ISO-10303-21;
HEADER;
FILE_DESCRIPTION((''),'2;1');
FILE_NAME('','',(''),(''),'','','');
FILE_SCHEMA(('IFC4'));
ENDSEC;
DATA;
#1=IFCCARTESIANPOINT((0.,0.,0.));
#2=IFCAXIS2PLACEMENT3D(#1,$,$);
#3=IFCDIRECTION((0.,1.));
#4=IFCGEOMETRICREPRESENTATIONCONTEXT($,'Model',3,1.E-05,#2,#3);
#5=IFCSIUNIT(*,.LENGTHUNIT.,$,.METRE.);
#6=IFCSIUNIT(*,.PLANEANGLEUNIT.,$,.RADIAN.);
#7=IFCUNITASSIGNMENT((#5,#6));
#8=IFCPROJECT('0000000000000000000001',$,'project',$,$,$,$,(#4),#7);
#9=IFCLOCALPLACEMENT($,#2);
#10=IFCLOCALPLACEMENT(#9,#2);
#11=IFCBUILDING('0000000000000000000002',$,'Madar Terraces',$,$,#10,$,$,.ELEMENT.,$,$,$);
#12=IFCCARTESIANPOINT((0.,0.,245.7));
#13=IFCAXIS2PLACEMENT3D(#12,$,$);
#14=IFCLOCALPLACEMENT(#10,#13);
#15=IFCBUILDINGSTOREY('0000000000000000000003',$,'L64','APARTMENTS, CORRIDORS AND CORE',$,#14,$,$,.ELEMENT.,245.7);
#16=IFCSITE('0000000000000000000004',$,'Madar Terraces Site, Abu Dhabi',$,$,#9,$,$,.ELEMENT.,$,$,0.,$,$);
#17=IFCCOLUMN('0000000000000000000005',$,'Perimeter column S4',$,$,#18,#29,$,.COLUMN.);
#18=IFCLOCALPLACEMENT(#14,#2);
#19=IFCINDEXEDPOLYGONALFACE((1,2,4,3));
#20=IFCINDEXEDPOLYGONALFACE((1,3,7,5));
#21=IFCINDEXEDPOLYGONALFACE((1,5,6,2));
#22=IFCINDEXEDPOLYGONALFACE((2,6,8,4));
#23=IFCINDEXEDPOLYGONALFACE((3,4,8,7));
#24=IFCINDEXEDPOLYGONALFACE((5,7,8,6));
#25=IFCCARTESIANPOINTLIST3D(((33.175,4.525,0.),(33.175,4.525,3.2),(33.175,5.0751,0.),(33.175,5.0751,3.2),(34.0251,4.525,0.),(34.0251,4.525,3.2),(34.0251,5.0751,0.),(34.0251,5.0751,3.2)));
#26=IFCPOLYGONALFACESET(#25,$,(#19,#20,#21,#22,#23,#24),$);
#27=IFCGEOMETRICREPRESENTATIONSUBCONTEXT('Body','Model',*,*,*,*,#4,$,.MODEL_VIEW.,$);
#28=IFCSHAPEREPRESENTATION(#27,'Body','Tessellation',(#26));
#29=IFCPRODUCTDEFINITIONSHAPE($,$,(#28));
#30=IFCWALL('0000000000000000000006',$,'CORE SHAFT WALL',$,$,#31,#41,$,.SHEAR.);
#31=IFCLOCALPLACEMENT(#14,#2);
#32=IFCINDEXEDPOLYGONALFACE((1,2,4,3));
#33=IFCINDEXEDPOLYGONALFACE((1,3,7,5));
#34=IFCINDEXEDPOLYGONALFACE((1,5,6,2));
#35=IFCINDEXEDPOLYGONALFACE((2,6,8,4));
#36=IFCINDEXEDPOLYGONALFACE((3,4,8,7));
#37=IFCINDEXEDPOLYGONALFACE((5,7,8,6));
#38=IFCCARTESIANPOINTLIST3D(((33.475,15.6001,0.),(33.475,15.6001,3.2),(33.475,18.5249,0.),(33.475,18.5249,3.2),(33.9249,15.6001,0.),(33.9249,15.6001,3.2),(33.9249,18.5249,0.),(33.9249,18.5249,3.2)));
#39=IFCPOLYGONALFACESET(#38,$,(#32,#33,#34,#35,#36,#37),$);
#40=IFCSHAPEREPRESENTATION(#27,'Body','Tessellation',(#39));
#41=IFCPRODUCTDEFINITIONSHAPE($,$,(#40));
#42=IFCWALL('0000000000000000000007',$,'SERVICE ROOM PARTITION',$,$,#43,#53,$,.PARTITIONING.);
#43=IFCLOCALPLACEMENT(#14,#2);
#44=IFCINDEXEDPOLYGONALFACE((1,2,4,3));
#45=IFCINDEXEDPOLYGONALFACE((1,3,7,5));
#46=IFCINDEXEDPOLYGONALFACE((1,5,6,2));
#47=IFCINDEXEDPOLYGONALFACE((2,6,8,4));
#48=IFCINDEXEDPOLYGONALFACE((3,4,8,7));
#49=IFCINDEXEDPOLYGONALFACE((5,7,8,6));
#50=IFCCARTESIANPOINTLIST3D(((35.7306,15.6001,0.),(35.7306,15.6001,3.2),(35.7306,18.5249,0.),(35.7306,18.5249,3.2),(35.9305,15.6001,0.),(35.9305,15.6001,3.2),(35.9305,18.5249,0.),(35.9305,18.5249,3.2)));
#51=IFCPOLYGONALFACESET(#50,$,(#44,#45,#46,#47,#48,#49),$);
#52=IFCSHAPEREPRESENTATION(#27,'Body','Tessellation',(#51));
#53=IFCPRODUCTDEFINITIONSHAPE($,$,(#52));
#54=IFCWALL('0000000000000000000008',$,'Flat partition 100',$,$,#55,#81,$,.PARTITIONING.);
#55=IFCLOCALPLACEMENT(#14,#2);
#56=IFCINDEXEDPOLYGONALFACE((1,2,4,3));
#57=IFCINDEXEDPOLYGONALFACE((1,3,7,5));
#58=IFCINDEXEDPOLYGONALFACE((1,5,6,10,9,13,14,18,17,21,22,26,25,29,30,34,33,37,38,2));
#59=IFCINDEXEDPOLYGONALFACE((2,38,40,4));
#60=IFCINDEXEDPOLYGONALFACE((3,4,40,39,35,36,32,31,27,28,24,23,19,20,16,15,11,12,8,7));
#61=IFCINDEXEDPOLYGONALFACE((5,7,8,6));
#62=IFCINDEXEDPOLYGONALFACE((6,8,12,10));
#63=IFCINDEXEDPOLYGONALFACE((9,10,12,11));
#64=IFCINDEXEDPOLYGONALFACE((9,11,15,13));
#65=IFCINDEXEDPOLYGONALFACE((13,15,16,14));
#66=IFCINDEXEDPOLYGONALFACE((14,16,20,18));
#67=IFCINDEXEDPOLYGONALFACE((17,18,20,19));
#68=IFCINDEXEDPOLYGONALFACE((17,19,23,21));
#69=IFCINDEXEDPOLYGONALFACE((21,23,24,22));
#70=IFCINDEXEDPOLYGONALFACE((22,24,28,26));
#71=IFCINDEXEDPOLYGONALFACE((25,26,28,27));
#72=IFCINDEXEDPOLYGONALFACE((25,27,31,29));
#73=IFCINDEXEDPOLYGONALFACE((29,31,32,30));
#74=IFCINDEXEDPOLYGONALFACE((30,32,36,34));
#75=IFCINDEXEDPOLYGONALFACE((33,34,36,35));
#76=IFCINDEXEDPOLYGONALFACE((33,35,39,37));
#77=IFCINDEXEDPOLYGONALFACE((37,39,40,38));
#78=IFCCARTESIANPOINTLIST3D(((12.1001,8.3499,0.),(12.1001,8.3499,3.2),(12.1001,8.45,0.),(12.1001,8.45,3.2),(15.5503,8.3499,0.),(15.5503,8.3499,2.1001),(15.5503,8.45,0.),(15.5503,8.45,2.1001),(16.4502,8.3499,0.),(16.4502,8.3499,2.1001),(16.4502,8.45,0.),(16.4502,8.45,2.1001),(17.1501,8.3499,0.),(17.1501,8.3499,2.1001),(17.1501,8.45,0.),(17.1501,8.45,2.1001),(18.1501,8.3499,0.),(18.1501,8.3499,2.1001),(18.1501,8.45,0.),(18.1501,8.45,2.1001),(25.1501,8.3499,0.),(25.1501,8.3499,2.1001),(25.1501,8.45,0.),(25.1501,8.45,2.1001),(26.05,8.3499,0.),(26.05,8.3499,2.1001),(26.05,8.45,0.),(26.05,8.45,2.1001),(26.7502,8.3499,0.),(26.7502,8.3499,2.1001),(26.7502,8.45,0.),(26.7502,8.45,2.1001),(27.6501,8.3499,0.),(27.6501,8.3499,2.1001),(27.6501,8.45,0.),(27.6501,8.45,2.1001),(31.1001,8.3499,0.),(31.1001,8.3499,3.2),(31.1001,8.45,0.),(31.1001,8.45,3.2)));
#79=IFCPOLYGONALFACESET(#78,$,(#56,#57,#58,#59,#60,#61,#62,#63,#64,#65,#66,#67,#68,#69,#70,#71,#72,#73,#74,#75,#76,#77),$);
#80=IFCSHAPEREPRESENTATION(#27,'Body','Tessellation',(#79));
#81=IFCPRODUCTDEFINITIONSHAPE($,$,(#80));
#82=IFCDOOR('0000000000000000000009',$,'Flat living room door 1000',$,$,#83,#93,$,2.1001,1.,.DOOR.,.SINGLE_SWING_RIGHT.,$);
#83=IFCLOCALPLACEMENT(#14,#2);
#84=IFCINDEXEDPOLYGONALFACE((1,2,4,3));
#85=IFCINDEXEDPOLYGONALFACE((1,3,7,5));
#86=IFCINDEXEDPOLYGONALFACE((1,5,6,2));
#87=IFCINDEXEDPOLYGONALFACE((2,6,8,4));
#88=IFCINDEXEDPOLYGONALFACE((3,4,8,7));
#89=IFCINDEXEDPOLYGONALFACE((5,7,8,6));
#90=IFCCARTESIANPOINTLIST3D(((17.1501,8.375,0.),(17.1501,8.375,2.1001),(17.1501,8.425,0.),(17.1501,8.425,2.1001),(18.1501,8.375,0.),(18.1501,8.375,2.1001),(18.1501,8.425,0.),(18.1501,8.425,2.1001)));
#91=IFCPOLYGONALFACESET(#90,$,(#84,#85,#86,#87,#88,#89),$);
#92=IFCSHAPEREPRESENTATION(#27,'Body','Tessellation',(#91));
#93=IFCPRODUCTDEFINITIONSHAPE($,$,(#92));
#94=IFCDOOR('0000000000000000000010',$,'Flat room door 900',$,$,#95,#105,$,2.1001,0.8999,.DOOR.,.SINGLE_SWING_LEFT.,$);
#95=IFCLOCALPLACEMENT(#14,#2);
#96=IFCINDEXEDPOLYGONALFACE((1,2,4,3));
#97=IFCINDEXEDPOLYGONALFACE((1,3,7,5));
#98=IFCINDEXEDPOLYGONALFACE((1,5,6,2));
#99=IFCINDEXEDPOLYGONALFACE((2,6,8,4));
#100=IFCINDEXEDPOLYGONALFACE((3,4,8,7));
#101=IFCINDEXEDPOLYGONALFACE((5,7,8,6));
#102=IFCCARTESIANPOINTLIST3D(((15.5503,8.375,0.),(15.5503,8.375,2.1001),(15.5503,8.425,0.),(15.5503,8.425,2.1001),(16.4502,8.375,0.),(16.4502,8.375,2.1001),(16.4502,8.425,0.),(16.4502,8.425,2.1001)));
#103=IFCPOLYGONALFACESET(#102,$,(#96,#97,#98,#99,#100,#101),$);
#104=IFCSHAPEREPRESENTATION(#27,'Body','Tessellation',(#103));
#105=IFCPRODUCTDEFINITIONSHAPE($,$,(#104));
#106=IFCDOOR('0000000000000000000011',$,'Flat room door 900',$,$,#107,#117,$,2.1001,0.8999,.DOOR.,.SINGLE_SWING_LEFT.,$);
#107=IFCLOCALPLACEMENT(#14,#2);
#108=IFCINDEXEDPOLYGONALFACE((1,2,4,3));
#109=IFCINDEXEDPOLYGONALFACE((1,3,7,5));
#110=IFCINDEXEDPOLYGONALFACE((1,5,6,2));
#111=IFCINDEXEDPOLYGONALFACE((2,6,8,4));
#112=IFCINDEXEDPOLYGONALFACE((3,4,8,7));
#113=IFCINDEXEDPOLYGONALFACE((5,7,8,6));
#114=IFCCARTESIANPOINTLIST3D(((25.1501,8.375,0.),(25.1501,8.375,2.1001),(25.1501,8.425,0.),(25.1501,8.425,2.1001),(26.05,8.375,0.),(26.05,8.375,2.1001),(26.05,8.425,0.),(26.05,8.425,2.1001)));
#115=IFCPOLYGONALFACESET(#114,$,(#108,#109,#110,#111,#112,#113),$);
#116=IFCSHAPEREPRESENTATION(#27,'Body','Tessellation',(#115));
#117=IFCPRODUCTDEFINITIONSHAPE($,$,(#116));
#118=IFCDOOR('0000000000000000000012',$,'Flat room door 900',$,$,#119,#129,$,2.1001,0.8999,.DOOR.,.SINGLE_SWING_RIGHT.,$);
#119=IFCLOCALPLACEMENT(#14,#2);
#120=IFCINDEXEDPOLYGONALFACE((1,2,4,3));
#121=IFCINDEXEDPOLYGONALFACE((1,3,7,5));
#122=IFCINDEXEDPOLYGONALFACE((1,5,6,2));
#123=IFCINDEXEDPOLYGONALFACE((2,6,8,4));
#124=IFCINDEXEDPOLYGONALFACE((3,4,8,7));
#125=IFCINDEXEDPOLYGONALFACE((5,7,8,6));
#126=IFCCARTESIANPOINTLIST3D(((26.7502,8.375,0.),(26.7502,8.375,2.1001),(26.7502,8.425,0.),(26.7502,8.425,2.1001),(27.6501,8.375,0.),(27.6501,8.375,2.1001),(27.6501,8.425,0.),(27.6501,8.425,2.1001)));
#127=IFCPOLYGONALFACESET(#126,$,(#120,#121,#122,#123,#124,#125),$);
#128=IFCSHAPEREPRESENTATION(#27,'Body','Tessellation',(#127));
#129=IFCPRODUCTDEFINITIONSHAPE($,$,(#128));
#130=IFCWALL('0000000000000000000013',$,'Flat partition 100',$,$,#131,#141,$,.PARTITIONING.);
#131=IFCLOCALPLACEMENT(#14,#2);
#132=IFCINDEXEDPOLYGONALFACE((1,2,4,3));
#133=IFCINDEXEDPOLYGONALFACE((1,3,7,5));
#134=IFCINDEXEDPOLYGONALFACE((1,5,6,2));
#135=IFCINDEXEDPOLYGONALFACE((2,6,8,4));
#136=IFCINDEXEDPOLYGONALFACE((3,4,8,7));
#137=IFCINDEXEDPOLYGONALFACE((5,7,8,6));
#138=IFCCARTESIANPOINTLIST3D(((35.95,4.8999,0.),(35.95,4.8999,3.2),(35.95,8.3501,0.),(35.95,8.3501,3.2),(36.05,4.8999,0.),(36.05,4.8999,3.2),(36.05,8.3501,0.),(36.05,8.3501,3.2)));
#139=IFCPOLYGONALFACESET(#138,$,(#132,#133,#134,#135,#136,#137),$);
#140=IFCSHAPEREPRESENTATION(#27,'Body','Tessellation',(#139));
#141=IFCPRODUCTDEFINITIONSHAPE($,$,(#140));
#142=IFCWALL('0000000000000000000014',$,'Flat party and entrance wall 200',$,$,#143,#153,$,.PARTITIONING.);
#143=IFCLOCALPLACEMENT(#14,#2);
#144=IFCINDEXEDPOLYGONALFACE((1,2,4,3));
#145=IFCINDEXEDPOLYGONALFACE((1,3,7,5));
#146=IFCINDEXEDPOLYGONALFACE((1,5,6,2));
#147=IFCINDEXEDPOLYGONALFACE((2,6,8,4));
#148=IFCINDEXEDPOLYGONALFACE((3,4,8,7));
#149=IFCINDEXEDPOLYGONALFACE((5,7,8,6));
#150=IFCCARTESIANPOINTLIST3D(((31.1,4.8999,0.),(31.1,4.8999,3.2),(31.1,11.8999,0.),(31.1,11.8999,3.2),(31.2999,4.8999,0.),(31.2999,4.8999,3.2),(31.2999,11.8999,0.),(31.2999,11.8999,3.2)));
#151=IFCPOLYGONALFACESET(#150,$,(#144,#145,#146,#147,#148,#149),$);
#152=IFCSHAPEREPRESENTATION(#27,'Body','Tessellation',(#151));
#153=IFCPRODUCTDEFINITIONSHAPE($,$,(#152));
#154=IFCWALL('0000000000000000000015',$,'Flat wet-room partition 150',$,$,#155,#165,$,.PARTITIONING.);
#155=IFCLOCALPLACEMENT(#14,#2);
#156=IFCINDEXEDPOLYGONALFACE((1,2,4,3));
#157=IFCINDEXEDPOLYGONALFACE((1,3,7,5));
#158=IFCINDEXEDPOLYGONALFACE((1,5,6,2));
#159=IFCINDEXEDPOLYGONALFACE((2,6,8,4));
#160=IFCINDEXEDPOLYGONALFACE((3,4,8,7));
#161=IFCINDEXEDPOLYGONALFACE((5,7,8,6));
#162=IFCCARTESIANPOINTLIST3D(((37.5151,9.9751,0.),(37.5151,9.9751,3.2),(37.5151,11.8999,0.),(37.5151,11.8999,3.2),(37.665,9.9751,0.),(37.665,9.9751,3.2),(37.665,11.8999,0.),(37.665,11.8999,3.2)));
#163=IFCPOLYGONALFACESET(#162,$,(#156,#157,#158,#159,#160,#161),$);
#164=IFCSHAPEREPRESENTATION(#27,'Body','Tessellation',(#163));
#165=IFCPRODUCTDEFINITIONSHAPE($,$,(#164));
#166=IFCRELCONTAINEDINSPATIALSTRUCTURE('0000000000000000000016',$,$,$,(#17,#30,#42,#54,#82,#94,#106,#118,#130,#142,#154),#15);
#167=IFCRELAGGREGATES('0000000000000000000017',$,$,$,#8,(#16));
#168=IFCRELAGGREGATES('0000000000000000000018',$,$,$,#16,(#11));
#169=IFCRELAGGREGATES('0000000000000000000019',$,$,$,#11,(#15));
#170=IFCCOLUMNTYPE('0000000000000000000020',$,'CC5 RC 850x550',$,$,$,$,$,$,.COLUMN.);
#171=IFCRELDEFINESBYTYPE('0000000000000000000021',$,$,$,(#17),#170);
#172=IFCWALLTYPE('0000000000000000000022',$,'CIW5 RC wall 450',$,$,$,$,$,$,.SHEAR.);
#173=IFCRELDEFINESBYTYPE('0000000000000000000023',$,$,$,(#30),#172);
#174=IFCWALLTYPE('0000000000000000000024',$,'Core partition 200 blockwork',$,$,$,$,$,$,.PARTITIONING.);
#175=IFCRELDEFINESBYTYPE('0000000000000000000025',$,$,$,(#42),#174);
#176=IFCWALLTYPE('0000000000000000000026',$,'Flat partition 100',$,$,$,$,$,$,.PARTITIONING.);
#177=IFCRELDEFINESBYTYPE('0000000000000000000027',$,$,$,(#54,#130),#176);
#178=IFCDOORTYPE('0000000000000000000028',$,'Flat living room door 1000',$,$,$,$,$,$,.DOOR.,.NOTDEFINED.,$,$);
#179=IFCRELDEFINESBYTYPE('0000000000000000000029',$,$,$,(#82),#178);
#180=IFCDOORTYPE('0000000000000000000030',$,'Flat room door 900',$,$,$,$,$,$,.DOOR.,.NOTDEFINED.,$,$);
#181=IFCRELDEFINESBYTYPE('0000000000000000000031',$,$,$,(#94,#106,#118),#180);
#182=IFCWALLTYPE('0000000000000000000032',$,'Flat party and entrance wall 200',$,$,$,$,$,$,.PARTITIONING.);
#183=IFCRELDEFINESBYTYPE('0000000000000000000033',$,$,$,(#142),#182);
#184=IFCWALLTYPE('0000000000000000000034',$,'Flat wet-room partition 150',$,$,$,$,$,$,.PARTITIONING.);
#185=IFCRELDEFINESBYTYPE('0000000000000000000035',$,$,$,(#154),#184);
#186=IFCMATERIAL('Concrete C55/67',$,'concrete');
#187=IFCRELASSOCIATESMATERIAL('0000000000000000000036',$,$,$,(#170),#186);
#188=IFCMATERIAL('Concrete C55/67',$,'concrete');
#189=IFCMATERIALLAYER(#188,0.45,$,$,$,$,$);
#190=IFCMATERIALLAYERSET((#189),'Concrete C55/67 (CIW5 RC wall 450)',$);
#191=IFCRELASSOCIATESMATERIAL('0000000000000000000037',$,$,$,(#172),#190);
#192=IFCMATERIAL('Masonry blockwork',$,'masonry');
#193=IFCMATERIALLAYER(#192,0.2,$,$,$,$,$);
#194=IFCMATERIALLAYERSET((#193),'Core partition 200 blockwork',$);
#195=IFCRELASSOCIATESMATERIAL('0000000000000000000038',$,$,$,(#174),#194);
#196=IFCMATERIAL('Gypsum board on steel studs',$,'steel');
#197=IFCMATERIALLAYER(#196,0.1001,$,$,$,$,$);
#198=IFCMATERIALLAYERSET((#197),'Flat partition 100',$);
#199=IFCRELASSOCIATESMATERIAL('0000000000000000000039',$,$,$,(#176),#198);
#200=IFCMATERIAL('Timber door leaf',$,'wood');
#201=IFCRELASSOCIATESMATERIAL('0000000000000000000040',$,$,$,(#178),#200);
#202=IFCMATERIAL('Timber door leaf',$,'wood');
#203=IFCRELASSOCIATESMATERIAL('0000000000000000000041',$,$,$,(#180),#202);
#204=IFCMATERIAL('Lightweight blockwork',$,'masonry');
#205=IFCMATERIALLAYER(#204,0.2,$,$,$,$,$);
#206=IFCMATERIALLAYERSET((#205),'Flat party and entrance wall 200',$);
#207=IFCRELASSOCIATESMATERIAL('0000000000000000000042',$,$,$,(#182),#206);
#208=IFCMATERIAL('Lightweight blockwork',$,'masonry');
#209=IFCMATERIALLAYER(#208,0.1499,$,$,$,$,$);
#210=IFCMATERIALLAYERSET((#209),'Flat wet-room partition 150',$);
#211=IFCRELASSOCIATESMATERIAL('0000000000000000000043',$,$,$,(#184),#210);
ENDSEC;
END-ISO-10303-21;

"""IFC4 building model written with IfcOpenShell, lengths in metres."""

from ifc_helpers import new_model, si_unit, direction, frame, frame_2d, origin, origin_2d, place, context, subcontext, project, spatial, rectangle, extrude, material, layer, layer_set, material_profile, profile_set, type_object, element, fill, save


model = new_model("IFC4")

# Units and contexts
model_context = context("Model", 3, precision=1e-05, world=origin(), true_north=direction((0.0, 1.0)))
body_context = subcontext(model_context, "Body", "Model", "MODEL_VIEW")
ifc_project = project(units=[si_unit("LENGTHUNIT", "METRE"), si_unit("PLANEANGLEUNIT", "RADIAN")], contexts=[model_context])

# Site, building, storey
site_placement = place(None, origin())
site = spatial("IfcSite", under=ifc_project, at=site_placement, Name="Madar Terraces Site, Abu Dhabi", CompositionType="ELEMENT", RefElevation=0.0)
building_placement = place(site_placement, origin())
building = spatial("IfcBuilding", under=site, at=building_placement, Name="Madar Terraces", CompositionType="ELEMENT")
storey_placement = place(building_placement, frame((0.0, 0.0, 245.7)))
storey = spatial("IfcBuildingStorey", under=building, at=storey_placement, Name="L64", Description="APARTMENTS, CORRIDORS AND CORE", CompositionType="ELEMENT", Elevation=245.7)

# Column
ifc_material_1 = material(Name="Concrete C55/67", Category="concrete")
ifc_material_profile = material_profile(ifc_material_1, rectangle(XDim=0.8501, YDim=0.55, at=origin_2d()), Name="CC5 RC 850x550")
ifc_profile_set = profile_set([ifc_material_profile], Name="Concrete C55/67")
column_type = type_object("IfcColumnType", Name="CC5 RC 850x550", PredefinedType="COLUMN", material=ifc_profile_set)
column_placement = place(storey_placement, frame((33.6001, 4.8, 0.0), z_axis=(0.0, 0.0, 1.0), x_axis=(1.0, 0.0, 0.0)))
element("IfcColumn", 1, at=column_placement, inside=storey, type_object=column_type, Name="Perimeter column S4", PredefinedType="COLUMN", context=body_context, shape_type="SweptSolid", body=[
    extrude(rectangle(XDim=0.8501, YDim=0.55, at=origin_2d()), origin(), (0.0, 0.0, 1.0), 3.2),
])

# Walls
ifc_material_2 = material(Name="Concrete C55/67", Category="concrete")
ifc_layer_1 = layer(ifc_material_2, 0.45)
ifc_layer_set_1 = layer_set([ifc_layer_1], Name="Concrete C55/67 (CIW5 RC wall 450)")
wall_type_1 = type_object("IfcWallType", Name="CIW5 RC wall 450", PredefinedType="SHEAR", material=ifc_layer_set_1)
wall_1_placement = place(storey_placement, frame((33.7, 15.6001, 0.0), z_axis=(0.0, 0.0, 1.0), x_axis=(0.0, 1.0, 0.0)))
element("IfcWall", 2, at=wall_1_placement, inside=storey, type_object=wall_type_1, Name="CORE SHAFT WALL", PredefinedType="SHEAR", context=body_context, shape_type="SweptSolid", body=[
    extrude(rectangle(XDim=2.9248, YDim=0.45, at=frame_2d((1.4624, 0.0))), origin(), (0.0, 0.0, 1.0), 3.2),
])
ifc_material_3 = material(Name="Masonry blockwork", Category="masonry")
ifc_layer_2 = layer(ifc_material_3, 0.2)
ifc_layer_set_2 = layer_set([ifc_layer_2], Name="Core partition 200 blockwork")
wall_type_2 = type_object("IfcWallType", Name="Core partition 200 blockwork", PredefinedType="PARTITIONING", material=ifc_layer_set_2)
wall_2_placement = place(storey_placement, frame((35.8306, 15.6001, 0.0), z_axis=(0.0, 0.0, 1.0), x_axis=(0.0, 1.0, 0.0)))
element("IfcWall", 3, at=wall_2_placement, inside=storey, type_object=wall_type_2, Name="SERVICE ROOM PARTITION", PredefinedType="PARTITIONING", context=body_context, shape_type="SweptSolid", body=[
    extrude(rectangle(XDim=2.9248, YDim=0.2, at=frame_2d((1.4624, 0.0))), origin(), (0.0, 0.0, 1.0), 3.2),
])

# Wall, openings, doors
ifc_material_4 = material(Name="Gypsum board on steel studs", Category="steel")
ifc_layer_3 = layer(ifc_material_4, 0.1001)
ifc_layer_set_3 = layer_set([ifc_layer_3], Name="Flat partition 100")
wall_type_3 = type_object("IfcWallType", Name="Flat partition 100", PredefinedType="PARTITIONING", material=ifc_layer_set_3)
wall_3_placement = place(storey_placement, frame((31.1001, 8.3999, 0.0), z_axis=(0.0, 0.0, 1.0), x_axis=(-1.0, 0.0, 0.0)))
wall_3 = element("IfcWall", 4, at=wall_3_placement, inside=storey, type_object=wall_type_3, Name="Flat partition 100", PredefinedType="PARTITIONING", context=body_context, shape_type="SweptSolid", body=[
    extrude(rectangle(XDim=19.0, YDim=0.1001, at=frame_2d((9.5, 0.0))), origin(), (0.0, 0.0, 1.0), 3.2),
])
opening_1_placement = place(wall_3_placement, frame((14.6499, 0.0, 0.0)))
opening_1 = element("IfcOpeningElement", 5, at=opening_1_placement, cuts=wall_3, PredefinedType="OPENING", context=body_context, shape_type="SweptSolid", body=[
    extrude(rectangle(XDim=0.8999, YDim=2.1001, at=frame_2d((0.45, 1.05))), frame((0.0, 0.0601, 0.0), z_axis=(0.0, -1.0, 0.0), x_axis=(1.0, 0.0, 0.0)), (0.0, 0.0, 1.0), 0.1201),
])
opening_2_placement = place(wall_3_placement, frame((12.95, 0.0, 0.0)))
opening_2 = element("IfcOpeningElement", 6, at=opening_2_placement, cuts=wall_3, PredefinedType="OPENING", context=body_context, shape_type="SweptSolid", body=[
    extrude(rectangle(XDim=1.0, YDim=2.1001, at=frame_2d((0.5, 1.05))), frame((0.0, 0.0601, 0.0), z_axis=(0.0, -1.0, 0.0), x_axis=(1.0, 0.0, 0.0)), (0.0, 0.0, 1.0), 0.1201),
])
opening_3_placement = place(wall_3_placement, frame((5.05, 0.0, 0.0)))
opening_3 = element("IfcOpeningElement", 7, at=opening_3_placement, cuts=wall_3, PredefinedType="OPENING", context=body_context, shape_type="SweptSolid", body=[
    extrude(rectangle(XDim=0.8999, YDim=2.1001, at=frame_2d((0.45, 1.05))), frame((0.0, 0.0601, 0.0), z_axis=(0.0, -1.0, 0.0), x_axis=(1.0, 0.0, 0.0)), (0.0, 0.0, 1.0), 0.1201),
])
opening_4_placement = place(wall_3_placement, frame((3.45, 0.0, 0.0)))
opening_4 = element("IfcOpeningElement", 8, at=opening_4_placement, cuts=wall_3, PredefinedType="OPENING", context=body_context, shape_type="SweptSolid", body=[
    extrude(rectangle(XDim=0.8999, YDim=2.1001, at=frame_2d((0.45, 1.05))), frame((0.0, 0.0601, 0.0), z_axis=(0.0, -1.0, 0.0), x_axis=(1.0, 0.0, 0.0)), (0.0, 0.0, 1.0), 0.1201),
])
ifc_material_5 = material(Name="Timber door leaf", Category="wood")
door_type_1 = type_object("IfcDoorType", Name="Flat living room door 1000", OperationType="NOTDEFINED", PredefinedType="DOOR", material=ifc_material_5)
door_1_placement = place(opening_2_placement, origin())
door_1 = element("IfcDoor", 9, at=door_1_placement, inside=storey, type_object=door_type_1, Name="Flat living room door 1000", OperationType="SINGLE_SWING_RIGHT", OverallHeight=2.1001, OverallWidth=1.0, PredefinedType="DOOR", context=body_context, shape_type="SweptSolid", body=[
    extrude(rectangle(XDim=1.0, YDim=2.1001, at=frame_2d((0.5, 1.05))), frame((0.0, 0.0249, 0.0), z_axis=(0.0, -1.0, 0.0), x_axis=(1.0, 0.0, 0.0)), (0.0, 0.0, 1.0), 0.05),
])
fill(opening_2, door_1)
ifc_material_6 = material(Name="Timber door leaf", Category="wood")
door_type_2 = type_object("IfcDoorType", Name="Flat room door 900", OperationType="NOTDEFINED", PredefinedType="DOOR", material=ifc_material_6)
door_2_placement = place(opening_1_placement, origin())
door_2 = element("IfcDoor", 10, at=door_2_placement, inside=storey, type_object=door_type_2, Name="Flat room door 900", OperationType="SINGLE_SWING_LEFT", OverallHeight=2.1001, OverallWidth=0.8999, PredefinedType="DOOR", context=body_context, shape_type="SweptSolid", body=[
    extrude(rectangle(XDim=0.8999, YDim=2.1001, at=frame_2d((0.45, 1.05))), frame((0.0, 0.0249, 0.0), z_axis=(0.0, -1.0, 0.0), x_axis=(1.0, 0.0, 0.0)), (0.0, 0.0, 1.0), 0.05),
])
fill(opening_1, door_2)
door_3_placement = place(opening_3_placement, origin())
door_3 = element("IfcDoor", 11, at=door_3_placement, inside=storey, type_object=door_type_2, Name="Flat room door 900", OperationType="SINGLE_SWING_LEFT", OverallHeight=2.1001, OverallWidth=0.8999, PredefinedType="DOOR", context=body_context, shape_type="SweptSolid", body=[
    extrude(rectangle(XDim=0.8999, YDim=2.1001, at=frame_2d((0.45, 1.05))), frame((0.0, 0.0249, 0.0), z_axis=(0.0, -1.0, 0.0), x_axis=(1.0, 0.0, 0.0)), (0.0, 0.0, 1.0), 0.05),
])
fill(opening_3, door_3)
door_4_placement = place(opening_4_placement, origin())
door_4 = element("IfcDoor", 12, at=door_4_placement, inside=storey, type_object=door_type_2, Name="Flat room door 900", OperationType="SINGLE_SWING_RIGHT", OverallHeight=2.1001, OverallWidth=0.8999, PredefinedType="DOOR", context=body_context, shape_type="SweptSolid", body=[
    extrude(rectangle(XDim=0.8999, YDim=2.1001, at=frame_2d((0.45, 1.05))), frame((0.0, 0.0249, 0.0), z_axis=(0.0, -1.0, 0.0), x_axis=(1.0, 0.0, 0.0)), (0.0, 0.0, 1.0), 0.05),
])
fill(opening_4, door_4)

# Walls
wall_4_placement = place(storey_placement, frame((36.0, 8.3501, 0.0), z_axis=(0.0, 0.0, 1.0), x_axis=(0.0, -1.0, 0.0)))
element("IfcWall", 13, at=wall_4_placement, inside=storey, type_object=wall_type_3, Name="Flat partition 100", PredefinedType="PARTITIONING", context=body_context, shape_type="SweptSolid", body=[
    extrude(rectangle(XDim=3.4502, YDim=0.1001, at=frame_2d((1.7251, 0.0))), origin(), (0.0, 0.0, 1.0), 3.2),
])
ifc_material_7 = material(Name="Lightweight blockwork", Category="masonry")
ifc_layer_4 = layer(ifc_material_7, 0.2)
ifc_layer_set_4 = layer_set([ifc_layer_4], Name="Flat party and entrance wall 200")
wall_type_4 = type_object("IfcWallType", Name="Flat party and entrance wall 200", PredefinedType="PARTITIONING", material=ifc_layer_set_4)
wall_5_placement = place(storey_placement, frame((31.2, 11.8999, 0.0), z_axis=(0.0, 0.0, 1.0), x_axis=(0.0, -1.0, 0.0)))
element("IfcWall", 14, at=wall_5_placement, inside=storey, type_object=wall_type_4, Name="Flat party and entrance wall 200", PredefinedType="PARTITIONING", context=body_context, shape_type="SweptSolid", body=[
    extrude(rectangle(XDim=7.0, YDim=0.2, at=frame_2d((3.5, 0.0))), origin(), (0.0, 0.0, 1.0), 3.2),
])
ifc_material_8 = material(Name="Lightweight blockwork", Category="masonry")
ifc_layer_5 = layer(ifc_material_8, 0.1499)
ifc_layer_set_5 = layer_set([ifc_layer_5], Name="Flat wet-room partition 150")
wall_type_5 = type_object("IfcWallType", Name="Flat wet-room partition 150", PredefinedType="PARTITIONING", material=ifc_layer_set_5)
wall_6_placement = place(storey_placement, frame((37.5901, 11.8999, 0.0), z_axis=(0.0, 0.0, 1.0), x_axis=(0.0, -1.0, 0.0)))
element("IfcWall", 15, at=wall_6_placement, inside=storey, type_object=wall_type_5, Name="Flat wet-room partition 150", PredefinedType="PARTITIONING", context=body_context, shape_type="SweptSolid", body=[
    extrude(rectangle(XDim=1.9248, YDim=0.1499, at=frame_2d((0.9624, 0.0))), origin(), (0.0, 0.0, 1.0), 3.2),
])

save(model, "model.ifc")
